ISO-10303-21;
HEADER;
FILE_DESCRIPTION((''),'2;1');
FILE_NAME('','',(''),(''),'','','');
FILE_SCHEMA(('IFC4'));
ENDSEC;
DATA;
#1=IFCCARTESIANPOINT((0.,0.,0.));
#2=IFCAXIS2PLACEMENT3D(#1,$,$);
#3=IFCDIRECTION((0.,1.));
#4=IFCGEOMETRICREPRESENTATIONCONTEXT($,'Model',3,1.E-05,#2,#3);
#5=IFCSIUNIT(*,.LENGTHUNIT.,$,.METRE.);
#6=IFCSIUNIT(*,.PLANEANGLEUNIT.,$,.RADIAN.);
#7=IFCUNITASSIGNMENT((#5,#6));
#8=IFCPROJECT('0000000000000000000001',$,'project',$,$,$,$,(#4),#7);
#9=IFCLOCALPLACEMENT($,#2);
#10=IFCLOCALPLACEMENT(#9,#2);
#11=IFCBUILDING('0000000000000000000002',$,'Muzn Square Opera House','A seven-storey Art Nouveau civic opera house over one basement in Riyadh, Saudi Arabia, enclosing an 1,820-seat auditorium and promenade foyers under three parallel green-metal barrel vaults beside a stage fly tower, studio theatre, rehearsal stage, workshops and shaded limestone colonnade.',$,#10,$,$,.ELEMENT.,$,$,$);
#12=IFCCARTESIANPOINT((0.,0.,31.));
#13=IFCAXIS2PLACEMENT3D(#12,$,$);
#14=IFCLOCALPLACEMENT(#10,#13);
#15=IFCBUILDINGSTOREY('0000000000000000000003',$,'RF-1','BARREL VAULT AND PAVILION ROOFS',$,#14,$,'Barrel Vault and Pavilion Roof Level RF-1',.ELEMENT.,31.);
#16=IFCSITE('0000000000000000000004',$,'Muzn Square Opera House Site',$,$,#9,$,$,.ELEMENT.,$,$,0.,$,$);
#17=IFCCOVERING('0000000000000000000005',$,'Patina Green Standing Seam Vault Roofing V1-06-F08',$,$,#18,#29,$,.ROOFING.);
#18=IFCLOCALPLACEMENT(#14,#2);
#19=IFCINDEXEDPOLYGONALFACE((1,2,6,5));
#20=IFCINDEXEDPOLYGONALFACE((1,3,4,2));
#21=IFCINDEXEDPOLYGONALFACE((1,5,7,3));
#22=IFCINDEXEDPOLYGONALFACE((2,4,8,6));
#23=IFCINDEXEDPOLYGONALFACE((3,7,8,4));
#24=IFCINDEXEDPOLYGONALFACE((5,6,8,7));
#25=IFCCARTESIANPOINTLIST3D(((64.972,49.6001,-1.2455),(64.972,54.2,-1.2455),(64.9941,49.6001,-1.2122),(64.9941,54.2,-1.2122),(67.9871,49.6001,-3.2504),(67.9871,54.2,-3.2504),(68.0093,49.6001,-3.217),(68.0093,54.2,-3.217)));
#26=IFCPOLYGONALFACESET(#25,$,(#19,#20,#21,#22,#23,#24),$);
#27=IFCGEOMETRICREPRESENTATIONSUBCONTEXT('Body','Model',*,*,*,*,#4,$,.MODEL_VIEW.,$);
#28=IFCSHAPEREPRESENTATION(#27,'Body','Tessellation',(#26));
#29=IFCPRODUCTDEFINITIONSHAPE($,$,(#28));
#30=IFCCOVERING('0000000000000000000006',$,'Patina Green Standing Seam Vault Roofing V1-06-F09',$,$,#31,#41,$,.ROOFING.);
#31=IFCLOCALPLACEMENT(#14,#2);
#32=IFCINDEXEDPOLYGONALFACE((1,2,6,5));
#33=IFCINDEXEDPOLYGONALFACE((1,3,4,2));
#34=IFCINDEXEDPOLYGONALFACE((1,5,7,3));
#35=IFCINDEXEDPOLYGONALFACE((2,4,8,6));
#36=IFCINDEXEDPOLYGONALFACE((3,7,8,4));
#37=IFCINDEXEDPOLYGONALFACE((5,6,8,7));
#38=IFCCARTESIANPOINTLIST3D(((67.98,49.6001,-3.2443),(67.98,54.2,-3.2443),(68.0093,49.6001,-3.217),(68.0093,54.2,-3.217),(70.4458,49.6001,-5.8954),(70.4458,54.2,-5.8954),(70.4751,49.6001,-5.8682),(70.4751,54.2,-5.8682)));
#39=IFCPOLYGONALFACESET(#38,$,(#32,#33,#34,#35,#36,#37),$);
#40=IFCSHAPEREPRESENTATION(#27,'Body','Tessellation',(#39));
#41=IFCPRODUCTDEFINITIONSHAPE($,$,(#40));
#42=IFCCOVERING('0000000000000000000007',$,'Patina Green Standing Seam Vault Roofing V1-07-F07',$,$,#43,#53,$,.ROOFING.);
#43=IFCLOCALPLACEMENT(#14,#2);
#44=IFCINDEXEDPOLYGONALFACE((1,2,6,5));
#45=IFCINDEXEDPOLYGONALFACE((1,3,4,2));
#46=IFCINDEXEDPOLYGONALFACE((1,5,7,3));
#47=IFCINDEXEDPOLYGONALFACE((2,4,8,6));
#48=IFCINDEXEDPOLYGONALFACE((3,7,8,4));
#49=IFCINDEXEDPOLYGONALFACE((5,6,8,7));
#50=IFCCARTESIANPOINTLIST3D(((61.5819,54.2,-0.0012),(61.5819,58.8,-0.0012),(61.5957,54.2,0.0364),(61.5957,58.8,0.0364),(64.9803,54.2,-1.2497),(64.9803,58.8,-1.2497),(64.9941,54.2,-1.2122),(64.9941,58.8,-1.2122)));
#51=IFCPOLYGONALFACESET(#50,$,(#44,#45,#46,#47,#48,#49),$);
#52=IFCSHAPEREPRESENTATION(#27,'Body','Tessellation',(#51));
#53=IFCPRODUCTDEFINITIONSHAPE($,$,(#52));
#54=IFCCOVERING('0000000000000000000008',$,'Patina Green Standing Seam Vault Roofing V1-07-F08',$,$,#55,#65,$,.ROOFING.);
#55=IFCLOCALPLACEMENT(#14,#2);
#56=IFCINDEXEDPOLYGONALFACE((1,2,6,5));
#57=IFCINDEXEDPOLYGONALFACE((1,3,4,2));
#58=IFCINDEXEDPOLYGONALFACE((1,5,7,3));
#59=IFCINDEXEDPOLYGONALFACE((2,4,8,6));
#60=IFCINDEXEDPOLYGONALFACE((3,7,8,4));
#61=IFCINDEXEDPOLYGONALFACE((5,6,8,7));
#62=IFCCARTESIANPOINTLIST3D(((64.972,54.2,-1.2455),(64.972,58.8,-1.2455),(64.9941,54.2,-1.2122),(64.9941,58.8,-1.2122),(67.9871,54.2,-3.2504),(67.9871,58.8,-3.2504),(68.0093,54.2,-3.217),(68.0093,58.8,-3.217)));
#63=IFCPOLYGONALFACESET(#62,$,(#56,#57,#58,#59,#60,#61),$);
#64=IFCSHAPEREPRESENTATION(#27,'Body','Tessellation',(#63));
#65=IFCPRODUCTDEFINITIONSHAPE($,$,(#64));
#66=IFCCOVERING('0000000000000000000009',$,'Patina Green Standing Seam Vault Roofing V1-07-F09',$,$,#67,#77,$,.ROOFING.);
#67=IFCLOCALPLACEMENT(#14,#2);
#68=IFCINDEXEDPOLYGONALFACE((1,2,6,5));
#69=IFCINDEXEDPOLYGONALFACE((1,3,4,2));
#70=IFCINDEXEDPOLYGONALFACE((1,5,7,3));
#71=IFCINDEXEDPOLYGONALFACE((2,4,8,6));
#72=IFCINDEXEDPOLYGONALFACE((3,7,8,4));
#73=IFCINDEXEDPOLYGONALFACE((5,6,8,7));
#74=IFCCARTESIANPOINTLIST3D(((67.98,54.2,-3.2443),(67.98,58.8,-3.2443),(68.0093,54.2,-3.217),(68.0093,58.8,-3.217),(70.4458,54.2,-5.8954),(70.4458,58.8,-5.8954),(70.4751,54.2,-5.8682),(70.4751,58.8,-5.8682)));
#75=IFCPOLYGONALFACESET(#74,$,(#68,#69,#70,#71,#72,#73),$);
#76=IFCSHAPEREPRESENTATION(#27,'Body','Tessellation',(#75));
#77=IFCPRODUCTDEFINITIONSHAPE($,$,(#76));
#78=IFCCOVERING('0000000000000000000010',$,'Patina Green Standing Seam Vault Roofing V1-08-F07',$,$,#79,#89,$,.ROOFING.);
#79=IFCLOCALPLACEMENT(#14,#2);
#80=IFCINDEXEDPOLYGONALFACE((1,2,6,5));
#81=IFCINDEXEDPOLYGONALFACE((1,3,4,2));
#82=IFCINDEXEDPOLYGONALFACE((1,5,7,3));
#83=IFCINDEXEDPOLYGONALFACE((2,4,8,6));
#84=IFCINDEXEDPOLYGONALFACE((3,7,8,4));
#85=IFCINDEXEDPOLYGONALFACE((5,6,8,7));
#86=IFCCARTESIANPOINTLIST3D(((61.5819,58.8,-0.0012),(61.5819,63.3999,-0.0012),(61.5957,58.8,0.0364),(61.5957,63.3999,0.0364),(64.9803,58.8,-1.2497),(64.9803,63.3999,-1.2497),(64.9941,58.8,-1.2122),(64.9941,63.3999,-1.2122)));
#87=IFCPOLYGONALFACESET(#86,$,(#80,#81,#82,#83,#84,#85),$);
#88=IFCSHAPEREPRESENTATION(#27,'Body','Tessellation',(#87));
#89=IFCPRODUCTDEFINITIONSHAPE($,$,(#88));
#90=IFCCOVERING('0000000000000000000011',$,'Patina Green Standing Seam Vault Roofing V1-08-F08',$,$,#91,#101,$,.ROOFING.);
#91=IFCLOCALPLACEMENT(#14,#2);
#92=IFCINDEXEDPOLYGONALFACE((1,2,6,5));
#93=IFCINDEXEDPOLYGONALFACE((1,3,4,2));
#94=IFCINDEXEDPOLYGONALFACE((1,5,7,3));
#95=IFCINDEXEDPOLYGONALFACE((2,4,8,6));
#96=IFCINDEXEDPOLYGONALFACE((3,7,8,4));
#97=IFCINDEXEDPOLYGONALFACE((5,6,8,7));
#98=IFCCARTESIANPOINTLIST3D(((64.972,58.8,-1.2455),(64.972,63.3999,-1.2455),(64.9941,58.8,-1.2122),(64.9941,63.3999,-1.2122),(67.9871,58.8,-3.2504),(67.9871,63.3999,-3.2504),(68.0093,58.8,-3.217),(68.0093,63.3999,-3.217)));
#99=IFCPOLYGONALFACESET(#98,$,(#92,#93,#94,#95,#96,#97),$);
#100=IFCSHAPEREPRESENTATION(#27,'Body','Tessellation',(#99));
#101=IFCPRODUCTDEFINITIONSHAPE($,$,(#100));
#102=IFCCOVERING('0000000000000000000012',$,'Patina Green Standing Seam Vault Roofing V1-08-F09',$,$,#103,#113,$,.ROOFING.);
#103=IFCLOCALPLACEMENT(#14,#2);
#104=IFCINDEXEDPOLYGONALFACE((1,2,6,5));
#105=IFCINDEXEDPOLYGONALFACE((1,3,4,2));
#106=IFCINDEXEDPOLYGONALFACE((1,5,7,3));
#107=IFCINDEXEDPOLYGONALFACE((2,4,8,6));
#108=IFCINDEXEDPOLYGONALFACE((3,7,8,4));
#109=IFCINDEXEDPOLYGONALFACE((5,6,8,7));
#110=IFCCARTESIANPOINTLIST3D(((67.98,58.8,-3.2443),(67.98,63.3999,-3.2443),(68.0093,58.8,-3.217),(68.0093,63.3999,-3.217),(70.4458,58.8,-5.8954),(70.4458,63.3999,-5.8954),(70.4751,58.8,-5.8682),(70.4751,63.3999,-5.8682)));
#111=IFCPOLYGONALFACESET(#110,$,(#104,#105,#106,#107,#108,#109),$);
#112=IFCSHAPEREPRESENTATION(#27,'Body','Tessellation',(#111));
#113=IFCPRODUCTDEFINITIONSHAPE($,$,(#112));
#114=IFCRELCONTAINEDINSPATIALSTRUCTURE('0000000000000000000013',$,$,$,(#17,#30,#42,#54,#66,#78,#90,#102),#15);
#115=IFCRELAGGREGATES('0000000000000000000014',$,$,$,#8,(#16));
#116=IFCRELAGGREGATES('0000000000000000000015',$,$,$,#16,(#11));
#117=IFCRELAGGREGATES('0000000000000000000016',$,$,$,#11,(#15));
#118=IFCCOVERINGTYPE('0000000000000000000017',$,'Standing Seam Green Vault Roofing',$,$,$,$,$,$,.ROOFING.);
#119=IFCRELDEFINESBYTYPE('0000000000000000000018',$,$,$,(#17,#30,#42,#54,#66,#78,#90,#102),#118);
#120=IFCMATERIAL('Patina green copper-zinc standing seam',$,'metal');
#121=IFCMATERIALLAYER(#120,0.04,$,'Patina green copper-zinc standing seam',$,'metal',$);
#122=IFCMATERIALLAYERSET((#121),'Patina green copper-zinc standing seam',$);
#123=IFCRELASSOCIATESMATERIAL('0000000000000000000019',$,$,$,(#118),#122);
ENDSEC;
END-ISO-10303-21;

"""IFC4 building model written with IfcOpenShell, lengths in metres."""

from ifc_helpers import new_model, si_unit, direction, frame, origin, place, context, subcontext, project, spatial, polyline, outline, extrude, material, layer, layer_set, type_object, element, save


model = new_model("IFC4")

# Units and contexts
model_context = context("Model", 3, precision=1e-05, world=origin(), true_north=direction((0.0, 1.0)))
body_context = subcontext(model_context, "Body", "Model", "MODEL_VIEW")
ifc_project = project(units=[si_unit("LENGTHUNIT", "METRE"), si_unit("PLANEANGLEUNIT", "RADIAN")], contexts=[model_context])

# Site, building, storey
site_placement = place(None, origin())
site = spatial("IfcSite", under=ifc_project, at=site_placement, Name="Muzn Square Opera House Site", CompositionType="ELEMENT", RefElevation=0.0)
building_placement = place(site_placement, origin())
building = spatial("IfcBuilding", under=site, at=building_placement, Name="Muzn Square Opera House", Description="A seven-storey Art Nouveau civic opera house over one basement in Riyadh, Saudi Arabia, enclosing an 1,820-seat auditorium and promenade foyers under three parallel green-metal barrel vaults beside a stage fly tower, studio theatre, rehearsal stage, workshops and shaded limestone colonnade.", CompositionType="ELEMENT")
storey_placement = place(building_placement, frame((0.0, 0.0, 31.0)))
storey = spatial("IfcBuildingStorey", under=building, at=storey_placement, Name="RF-1", Description="BARREL VAULT AND PAVILION ROOFS", LongName="Barrel Vault and Pavilion Roof Level RF-1", CompositionType="ELEMENT", Elevation=31.0)

# Shared definitions
ifc_material_1 = material(Name="Patina green copper-zinc standing seam", Category="metal")

# Coverings
ifc_layer_1 = layer(ifc_material_1, 0.04, Name="Patina green copper-zinc standing seam", Category="metal")
ifc_layer_set_1 = layer_set([ifc_layer_1], Name="Patina green copper-zinc standing seam")
covering_type = type_object("IfcCoveringType", Name="Standing Seam Green Vault Roofing", PredefinedType="ROOFING", material=ifc_layer_set_1)
covering_1_placement = place(storey_placement, frame((64.9941, 49.6001, -1.2122), z_axis=(0.553704, 0.0, 0.832714), x_axis=(0.832714, 0.0, -0.553704)))
element("IfcCovering", 1, at=covering_1_placement, inside=storey, type_object=covering_type, Name="Patina Green Standing Seam Vault Roofing V1-06-F08", PredefinedType="ROOFING", context=body_context, shape_type="SweptSolid", body=[
    extrude(outline(polyline([(0.0, 0.0), (3.6209, 0.0), (3.6209, 4.5999), (0.0, 4.5999), (0.0, 0.0)])), origin(), (0.0, 0.0, -1.0), 0.04),
])
covering_2_placement = place(storey_placement, frame((68.0093, 49.6001, -3.217), z_axis=(0.732234, 0.0, 0.681053), x_axis=(0.681053, 0.0, -0.732234)))
element("IfcCovering", 2, at=covering_2_placement, inside=storey, type_object=covering_type, Name="Patina Green Standing Seam Vault Roofing V1-06-F09", PredefinedType="ROOFING", context=body_context, shape_type="SweptSolid", body=[
    extrude(outline(polyline([(0.0, 0.0), (3.6206, 0.0), (3.6206, 4.5999), (0.0, 4.5999), (0.0, 0.0)])), origin(), (0.0, 0.0, -1.0), 0.04),
])
covering_3_placement = place(storey_placement, frame((61.5957, 54.2, 0.0364), z_axis=(0.344849, 0.0, 0.938658), x_axis=(0.938658, 0.0, -0.344849)))
element("IfcCovering", 3, at=covering_3_placement, inside=storey, type_object=covering_type, Name="Patina Green Standing Seam Vault Roofing V1-07-F07", PredefinedType="ROOFING", context=body_context, shape_type="SweptSolid", body=[
    extrude(outline(polyline([(0.0, 0.0), (3.6205, 0.0), (3.6205, 4.6001), (0.0, 4.6001), (0.0, 0.0)])), origin(), (0.0, 0.0, -1.0), 0.04),
])
covering_4_placement = place(storey_placement, frame((64.9941, 54.2, -1.2122), z_axis=(0.553704, 0.0, 0.832714), x_axis=(0.832714, 0.0, -0.553704)))
element("IfcCovering", 4, at=covering_4_placement, inside=storey, type_object=covering_type, Name="Patina Green Standing Seam Vault Roofing V1-07-F08", PredefinedType="ROOFING", context=body_context, shape_type="SweptSolid", body=[
    extrude(outline(polyline([(0.0, 0.0), (3.6209, 0.0), (3.6209, 4.6001), (0.0, 4.6001), (0.0, 0.0)])), origin(), (0.0, 0.0, -1.0), 0.04),
])
covering_5_placement = place(storey_placement, frame((68.0093, 54.2, -3.217), z_axis=(0.732234, 0.0, 0.681053), x_axis=(0.681053, 0.0, -0.732234)))
element("IfcCovering", 5, at=covering_5_placement, inside=storey, type_object=covering_type, Name="Patina Green Standing Seam Vault Roofing V1-07-F09", PredefinedType="ROOFING", context=body_context, shape_type="SweptSolid", body=[
    extrude(outline(polyline([(0.0, 0.0), (3.6206, 0.0), (3.6206, 4.6001), (0.0, 4.6001), (0.0, 0.0)])), origin(), (0.0, 0.0, -1.0), 0.04),
])
covering_6_placement = place(storey_placement, frame((61.5957, 58.8, 0.0364), z_axis=(0.344849, 0.0, 0.938658), x_axis=(0.938658, 0.0, -0.344849)))
element("IfcCovering", 6, at=covering_6_placement, inside=storey, type_object=covering_type, Name="Patina Green Standing Seam Vault Roofing V1-08-F07", PredefinedType="ROOFING", context=body_context, shape_type="SweptSolid", body=[
    extrude(outline(polyline([(0.0, 0.0), (3.6205, 0.0), (3.6205, 4.5999), (0.0, 4.5999), (0.0, 0.0)])), origin(), (0.0, 0.0, -1.0), 0.04),
])
covering_7_placement = place(storey_placement, frame((64.9941, 58.8, -1.2122), z_axis=(0.553704, 0.0, 0.832714), x_axis=(0.832714, 0.0, -0.553704)))
element("IfcCovering", 7, at=covering_7_placement, inside=storey, type_object=covering_type, Name="Patina Green Standing Seam Vault Roofing V1-08-F08", PredefinedType="ROOFING", context=body_context, shape_type="SweptSolid", body=[
    extrude(outline(polyline([(0.0, 0.0), (3.6209, 0.0), (3.6209, 4.5999), (0.0, 4.5999), (0.0, 0.0)])), origin(), (0.0, 0.0, -1.0), 0.04),
])
covering_8_placement = place(storey_placement, frame((68.0093, 58.8, -3.217), z_axis=(0.732234, 0.0, 0.681053), x_axis=(0.681053, 0.0, -0.732234)))
element("IfcCovering", 8, at=covering_8_placement, inside=storey, type_object=covering_type, Name="Patina Green Standing Seam Vault Roofing V1-08-F09", PredefinedType="ROOFING", context=body_context, shape_type="SweptSolid", body=[
    extrude(outline(polyline([(0.0, 0.0), (3.6206, 0.0), (3.6206, 4.5999), (0.0, 4.5999), (0.0, 0.0)])), origin(), (0.0, 0.0, -1.0), 0.04),
])

save(model, "model.ifc")
